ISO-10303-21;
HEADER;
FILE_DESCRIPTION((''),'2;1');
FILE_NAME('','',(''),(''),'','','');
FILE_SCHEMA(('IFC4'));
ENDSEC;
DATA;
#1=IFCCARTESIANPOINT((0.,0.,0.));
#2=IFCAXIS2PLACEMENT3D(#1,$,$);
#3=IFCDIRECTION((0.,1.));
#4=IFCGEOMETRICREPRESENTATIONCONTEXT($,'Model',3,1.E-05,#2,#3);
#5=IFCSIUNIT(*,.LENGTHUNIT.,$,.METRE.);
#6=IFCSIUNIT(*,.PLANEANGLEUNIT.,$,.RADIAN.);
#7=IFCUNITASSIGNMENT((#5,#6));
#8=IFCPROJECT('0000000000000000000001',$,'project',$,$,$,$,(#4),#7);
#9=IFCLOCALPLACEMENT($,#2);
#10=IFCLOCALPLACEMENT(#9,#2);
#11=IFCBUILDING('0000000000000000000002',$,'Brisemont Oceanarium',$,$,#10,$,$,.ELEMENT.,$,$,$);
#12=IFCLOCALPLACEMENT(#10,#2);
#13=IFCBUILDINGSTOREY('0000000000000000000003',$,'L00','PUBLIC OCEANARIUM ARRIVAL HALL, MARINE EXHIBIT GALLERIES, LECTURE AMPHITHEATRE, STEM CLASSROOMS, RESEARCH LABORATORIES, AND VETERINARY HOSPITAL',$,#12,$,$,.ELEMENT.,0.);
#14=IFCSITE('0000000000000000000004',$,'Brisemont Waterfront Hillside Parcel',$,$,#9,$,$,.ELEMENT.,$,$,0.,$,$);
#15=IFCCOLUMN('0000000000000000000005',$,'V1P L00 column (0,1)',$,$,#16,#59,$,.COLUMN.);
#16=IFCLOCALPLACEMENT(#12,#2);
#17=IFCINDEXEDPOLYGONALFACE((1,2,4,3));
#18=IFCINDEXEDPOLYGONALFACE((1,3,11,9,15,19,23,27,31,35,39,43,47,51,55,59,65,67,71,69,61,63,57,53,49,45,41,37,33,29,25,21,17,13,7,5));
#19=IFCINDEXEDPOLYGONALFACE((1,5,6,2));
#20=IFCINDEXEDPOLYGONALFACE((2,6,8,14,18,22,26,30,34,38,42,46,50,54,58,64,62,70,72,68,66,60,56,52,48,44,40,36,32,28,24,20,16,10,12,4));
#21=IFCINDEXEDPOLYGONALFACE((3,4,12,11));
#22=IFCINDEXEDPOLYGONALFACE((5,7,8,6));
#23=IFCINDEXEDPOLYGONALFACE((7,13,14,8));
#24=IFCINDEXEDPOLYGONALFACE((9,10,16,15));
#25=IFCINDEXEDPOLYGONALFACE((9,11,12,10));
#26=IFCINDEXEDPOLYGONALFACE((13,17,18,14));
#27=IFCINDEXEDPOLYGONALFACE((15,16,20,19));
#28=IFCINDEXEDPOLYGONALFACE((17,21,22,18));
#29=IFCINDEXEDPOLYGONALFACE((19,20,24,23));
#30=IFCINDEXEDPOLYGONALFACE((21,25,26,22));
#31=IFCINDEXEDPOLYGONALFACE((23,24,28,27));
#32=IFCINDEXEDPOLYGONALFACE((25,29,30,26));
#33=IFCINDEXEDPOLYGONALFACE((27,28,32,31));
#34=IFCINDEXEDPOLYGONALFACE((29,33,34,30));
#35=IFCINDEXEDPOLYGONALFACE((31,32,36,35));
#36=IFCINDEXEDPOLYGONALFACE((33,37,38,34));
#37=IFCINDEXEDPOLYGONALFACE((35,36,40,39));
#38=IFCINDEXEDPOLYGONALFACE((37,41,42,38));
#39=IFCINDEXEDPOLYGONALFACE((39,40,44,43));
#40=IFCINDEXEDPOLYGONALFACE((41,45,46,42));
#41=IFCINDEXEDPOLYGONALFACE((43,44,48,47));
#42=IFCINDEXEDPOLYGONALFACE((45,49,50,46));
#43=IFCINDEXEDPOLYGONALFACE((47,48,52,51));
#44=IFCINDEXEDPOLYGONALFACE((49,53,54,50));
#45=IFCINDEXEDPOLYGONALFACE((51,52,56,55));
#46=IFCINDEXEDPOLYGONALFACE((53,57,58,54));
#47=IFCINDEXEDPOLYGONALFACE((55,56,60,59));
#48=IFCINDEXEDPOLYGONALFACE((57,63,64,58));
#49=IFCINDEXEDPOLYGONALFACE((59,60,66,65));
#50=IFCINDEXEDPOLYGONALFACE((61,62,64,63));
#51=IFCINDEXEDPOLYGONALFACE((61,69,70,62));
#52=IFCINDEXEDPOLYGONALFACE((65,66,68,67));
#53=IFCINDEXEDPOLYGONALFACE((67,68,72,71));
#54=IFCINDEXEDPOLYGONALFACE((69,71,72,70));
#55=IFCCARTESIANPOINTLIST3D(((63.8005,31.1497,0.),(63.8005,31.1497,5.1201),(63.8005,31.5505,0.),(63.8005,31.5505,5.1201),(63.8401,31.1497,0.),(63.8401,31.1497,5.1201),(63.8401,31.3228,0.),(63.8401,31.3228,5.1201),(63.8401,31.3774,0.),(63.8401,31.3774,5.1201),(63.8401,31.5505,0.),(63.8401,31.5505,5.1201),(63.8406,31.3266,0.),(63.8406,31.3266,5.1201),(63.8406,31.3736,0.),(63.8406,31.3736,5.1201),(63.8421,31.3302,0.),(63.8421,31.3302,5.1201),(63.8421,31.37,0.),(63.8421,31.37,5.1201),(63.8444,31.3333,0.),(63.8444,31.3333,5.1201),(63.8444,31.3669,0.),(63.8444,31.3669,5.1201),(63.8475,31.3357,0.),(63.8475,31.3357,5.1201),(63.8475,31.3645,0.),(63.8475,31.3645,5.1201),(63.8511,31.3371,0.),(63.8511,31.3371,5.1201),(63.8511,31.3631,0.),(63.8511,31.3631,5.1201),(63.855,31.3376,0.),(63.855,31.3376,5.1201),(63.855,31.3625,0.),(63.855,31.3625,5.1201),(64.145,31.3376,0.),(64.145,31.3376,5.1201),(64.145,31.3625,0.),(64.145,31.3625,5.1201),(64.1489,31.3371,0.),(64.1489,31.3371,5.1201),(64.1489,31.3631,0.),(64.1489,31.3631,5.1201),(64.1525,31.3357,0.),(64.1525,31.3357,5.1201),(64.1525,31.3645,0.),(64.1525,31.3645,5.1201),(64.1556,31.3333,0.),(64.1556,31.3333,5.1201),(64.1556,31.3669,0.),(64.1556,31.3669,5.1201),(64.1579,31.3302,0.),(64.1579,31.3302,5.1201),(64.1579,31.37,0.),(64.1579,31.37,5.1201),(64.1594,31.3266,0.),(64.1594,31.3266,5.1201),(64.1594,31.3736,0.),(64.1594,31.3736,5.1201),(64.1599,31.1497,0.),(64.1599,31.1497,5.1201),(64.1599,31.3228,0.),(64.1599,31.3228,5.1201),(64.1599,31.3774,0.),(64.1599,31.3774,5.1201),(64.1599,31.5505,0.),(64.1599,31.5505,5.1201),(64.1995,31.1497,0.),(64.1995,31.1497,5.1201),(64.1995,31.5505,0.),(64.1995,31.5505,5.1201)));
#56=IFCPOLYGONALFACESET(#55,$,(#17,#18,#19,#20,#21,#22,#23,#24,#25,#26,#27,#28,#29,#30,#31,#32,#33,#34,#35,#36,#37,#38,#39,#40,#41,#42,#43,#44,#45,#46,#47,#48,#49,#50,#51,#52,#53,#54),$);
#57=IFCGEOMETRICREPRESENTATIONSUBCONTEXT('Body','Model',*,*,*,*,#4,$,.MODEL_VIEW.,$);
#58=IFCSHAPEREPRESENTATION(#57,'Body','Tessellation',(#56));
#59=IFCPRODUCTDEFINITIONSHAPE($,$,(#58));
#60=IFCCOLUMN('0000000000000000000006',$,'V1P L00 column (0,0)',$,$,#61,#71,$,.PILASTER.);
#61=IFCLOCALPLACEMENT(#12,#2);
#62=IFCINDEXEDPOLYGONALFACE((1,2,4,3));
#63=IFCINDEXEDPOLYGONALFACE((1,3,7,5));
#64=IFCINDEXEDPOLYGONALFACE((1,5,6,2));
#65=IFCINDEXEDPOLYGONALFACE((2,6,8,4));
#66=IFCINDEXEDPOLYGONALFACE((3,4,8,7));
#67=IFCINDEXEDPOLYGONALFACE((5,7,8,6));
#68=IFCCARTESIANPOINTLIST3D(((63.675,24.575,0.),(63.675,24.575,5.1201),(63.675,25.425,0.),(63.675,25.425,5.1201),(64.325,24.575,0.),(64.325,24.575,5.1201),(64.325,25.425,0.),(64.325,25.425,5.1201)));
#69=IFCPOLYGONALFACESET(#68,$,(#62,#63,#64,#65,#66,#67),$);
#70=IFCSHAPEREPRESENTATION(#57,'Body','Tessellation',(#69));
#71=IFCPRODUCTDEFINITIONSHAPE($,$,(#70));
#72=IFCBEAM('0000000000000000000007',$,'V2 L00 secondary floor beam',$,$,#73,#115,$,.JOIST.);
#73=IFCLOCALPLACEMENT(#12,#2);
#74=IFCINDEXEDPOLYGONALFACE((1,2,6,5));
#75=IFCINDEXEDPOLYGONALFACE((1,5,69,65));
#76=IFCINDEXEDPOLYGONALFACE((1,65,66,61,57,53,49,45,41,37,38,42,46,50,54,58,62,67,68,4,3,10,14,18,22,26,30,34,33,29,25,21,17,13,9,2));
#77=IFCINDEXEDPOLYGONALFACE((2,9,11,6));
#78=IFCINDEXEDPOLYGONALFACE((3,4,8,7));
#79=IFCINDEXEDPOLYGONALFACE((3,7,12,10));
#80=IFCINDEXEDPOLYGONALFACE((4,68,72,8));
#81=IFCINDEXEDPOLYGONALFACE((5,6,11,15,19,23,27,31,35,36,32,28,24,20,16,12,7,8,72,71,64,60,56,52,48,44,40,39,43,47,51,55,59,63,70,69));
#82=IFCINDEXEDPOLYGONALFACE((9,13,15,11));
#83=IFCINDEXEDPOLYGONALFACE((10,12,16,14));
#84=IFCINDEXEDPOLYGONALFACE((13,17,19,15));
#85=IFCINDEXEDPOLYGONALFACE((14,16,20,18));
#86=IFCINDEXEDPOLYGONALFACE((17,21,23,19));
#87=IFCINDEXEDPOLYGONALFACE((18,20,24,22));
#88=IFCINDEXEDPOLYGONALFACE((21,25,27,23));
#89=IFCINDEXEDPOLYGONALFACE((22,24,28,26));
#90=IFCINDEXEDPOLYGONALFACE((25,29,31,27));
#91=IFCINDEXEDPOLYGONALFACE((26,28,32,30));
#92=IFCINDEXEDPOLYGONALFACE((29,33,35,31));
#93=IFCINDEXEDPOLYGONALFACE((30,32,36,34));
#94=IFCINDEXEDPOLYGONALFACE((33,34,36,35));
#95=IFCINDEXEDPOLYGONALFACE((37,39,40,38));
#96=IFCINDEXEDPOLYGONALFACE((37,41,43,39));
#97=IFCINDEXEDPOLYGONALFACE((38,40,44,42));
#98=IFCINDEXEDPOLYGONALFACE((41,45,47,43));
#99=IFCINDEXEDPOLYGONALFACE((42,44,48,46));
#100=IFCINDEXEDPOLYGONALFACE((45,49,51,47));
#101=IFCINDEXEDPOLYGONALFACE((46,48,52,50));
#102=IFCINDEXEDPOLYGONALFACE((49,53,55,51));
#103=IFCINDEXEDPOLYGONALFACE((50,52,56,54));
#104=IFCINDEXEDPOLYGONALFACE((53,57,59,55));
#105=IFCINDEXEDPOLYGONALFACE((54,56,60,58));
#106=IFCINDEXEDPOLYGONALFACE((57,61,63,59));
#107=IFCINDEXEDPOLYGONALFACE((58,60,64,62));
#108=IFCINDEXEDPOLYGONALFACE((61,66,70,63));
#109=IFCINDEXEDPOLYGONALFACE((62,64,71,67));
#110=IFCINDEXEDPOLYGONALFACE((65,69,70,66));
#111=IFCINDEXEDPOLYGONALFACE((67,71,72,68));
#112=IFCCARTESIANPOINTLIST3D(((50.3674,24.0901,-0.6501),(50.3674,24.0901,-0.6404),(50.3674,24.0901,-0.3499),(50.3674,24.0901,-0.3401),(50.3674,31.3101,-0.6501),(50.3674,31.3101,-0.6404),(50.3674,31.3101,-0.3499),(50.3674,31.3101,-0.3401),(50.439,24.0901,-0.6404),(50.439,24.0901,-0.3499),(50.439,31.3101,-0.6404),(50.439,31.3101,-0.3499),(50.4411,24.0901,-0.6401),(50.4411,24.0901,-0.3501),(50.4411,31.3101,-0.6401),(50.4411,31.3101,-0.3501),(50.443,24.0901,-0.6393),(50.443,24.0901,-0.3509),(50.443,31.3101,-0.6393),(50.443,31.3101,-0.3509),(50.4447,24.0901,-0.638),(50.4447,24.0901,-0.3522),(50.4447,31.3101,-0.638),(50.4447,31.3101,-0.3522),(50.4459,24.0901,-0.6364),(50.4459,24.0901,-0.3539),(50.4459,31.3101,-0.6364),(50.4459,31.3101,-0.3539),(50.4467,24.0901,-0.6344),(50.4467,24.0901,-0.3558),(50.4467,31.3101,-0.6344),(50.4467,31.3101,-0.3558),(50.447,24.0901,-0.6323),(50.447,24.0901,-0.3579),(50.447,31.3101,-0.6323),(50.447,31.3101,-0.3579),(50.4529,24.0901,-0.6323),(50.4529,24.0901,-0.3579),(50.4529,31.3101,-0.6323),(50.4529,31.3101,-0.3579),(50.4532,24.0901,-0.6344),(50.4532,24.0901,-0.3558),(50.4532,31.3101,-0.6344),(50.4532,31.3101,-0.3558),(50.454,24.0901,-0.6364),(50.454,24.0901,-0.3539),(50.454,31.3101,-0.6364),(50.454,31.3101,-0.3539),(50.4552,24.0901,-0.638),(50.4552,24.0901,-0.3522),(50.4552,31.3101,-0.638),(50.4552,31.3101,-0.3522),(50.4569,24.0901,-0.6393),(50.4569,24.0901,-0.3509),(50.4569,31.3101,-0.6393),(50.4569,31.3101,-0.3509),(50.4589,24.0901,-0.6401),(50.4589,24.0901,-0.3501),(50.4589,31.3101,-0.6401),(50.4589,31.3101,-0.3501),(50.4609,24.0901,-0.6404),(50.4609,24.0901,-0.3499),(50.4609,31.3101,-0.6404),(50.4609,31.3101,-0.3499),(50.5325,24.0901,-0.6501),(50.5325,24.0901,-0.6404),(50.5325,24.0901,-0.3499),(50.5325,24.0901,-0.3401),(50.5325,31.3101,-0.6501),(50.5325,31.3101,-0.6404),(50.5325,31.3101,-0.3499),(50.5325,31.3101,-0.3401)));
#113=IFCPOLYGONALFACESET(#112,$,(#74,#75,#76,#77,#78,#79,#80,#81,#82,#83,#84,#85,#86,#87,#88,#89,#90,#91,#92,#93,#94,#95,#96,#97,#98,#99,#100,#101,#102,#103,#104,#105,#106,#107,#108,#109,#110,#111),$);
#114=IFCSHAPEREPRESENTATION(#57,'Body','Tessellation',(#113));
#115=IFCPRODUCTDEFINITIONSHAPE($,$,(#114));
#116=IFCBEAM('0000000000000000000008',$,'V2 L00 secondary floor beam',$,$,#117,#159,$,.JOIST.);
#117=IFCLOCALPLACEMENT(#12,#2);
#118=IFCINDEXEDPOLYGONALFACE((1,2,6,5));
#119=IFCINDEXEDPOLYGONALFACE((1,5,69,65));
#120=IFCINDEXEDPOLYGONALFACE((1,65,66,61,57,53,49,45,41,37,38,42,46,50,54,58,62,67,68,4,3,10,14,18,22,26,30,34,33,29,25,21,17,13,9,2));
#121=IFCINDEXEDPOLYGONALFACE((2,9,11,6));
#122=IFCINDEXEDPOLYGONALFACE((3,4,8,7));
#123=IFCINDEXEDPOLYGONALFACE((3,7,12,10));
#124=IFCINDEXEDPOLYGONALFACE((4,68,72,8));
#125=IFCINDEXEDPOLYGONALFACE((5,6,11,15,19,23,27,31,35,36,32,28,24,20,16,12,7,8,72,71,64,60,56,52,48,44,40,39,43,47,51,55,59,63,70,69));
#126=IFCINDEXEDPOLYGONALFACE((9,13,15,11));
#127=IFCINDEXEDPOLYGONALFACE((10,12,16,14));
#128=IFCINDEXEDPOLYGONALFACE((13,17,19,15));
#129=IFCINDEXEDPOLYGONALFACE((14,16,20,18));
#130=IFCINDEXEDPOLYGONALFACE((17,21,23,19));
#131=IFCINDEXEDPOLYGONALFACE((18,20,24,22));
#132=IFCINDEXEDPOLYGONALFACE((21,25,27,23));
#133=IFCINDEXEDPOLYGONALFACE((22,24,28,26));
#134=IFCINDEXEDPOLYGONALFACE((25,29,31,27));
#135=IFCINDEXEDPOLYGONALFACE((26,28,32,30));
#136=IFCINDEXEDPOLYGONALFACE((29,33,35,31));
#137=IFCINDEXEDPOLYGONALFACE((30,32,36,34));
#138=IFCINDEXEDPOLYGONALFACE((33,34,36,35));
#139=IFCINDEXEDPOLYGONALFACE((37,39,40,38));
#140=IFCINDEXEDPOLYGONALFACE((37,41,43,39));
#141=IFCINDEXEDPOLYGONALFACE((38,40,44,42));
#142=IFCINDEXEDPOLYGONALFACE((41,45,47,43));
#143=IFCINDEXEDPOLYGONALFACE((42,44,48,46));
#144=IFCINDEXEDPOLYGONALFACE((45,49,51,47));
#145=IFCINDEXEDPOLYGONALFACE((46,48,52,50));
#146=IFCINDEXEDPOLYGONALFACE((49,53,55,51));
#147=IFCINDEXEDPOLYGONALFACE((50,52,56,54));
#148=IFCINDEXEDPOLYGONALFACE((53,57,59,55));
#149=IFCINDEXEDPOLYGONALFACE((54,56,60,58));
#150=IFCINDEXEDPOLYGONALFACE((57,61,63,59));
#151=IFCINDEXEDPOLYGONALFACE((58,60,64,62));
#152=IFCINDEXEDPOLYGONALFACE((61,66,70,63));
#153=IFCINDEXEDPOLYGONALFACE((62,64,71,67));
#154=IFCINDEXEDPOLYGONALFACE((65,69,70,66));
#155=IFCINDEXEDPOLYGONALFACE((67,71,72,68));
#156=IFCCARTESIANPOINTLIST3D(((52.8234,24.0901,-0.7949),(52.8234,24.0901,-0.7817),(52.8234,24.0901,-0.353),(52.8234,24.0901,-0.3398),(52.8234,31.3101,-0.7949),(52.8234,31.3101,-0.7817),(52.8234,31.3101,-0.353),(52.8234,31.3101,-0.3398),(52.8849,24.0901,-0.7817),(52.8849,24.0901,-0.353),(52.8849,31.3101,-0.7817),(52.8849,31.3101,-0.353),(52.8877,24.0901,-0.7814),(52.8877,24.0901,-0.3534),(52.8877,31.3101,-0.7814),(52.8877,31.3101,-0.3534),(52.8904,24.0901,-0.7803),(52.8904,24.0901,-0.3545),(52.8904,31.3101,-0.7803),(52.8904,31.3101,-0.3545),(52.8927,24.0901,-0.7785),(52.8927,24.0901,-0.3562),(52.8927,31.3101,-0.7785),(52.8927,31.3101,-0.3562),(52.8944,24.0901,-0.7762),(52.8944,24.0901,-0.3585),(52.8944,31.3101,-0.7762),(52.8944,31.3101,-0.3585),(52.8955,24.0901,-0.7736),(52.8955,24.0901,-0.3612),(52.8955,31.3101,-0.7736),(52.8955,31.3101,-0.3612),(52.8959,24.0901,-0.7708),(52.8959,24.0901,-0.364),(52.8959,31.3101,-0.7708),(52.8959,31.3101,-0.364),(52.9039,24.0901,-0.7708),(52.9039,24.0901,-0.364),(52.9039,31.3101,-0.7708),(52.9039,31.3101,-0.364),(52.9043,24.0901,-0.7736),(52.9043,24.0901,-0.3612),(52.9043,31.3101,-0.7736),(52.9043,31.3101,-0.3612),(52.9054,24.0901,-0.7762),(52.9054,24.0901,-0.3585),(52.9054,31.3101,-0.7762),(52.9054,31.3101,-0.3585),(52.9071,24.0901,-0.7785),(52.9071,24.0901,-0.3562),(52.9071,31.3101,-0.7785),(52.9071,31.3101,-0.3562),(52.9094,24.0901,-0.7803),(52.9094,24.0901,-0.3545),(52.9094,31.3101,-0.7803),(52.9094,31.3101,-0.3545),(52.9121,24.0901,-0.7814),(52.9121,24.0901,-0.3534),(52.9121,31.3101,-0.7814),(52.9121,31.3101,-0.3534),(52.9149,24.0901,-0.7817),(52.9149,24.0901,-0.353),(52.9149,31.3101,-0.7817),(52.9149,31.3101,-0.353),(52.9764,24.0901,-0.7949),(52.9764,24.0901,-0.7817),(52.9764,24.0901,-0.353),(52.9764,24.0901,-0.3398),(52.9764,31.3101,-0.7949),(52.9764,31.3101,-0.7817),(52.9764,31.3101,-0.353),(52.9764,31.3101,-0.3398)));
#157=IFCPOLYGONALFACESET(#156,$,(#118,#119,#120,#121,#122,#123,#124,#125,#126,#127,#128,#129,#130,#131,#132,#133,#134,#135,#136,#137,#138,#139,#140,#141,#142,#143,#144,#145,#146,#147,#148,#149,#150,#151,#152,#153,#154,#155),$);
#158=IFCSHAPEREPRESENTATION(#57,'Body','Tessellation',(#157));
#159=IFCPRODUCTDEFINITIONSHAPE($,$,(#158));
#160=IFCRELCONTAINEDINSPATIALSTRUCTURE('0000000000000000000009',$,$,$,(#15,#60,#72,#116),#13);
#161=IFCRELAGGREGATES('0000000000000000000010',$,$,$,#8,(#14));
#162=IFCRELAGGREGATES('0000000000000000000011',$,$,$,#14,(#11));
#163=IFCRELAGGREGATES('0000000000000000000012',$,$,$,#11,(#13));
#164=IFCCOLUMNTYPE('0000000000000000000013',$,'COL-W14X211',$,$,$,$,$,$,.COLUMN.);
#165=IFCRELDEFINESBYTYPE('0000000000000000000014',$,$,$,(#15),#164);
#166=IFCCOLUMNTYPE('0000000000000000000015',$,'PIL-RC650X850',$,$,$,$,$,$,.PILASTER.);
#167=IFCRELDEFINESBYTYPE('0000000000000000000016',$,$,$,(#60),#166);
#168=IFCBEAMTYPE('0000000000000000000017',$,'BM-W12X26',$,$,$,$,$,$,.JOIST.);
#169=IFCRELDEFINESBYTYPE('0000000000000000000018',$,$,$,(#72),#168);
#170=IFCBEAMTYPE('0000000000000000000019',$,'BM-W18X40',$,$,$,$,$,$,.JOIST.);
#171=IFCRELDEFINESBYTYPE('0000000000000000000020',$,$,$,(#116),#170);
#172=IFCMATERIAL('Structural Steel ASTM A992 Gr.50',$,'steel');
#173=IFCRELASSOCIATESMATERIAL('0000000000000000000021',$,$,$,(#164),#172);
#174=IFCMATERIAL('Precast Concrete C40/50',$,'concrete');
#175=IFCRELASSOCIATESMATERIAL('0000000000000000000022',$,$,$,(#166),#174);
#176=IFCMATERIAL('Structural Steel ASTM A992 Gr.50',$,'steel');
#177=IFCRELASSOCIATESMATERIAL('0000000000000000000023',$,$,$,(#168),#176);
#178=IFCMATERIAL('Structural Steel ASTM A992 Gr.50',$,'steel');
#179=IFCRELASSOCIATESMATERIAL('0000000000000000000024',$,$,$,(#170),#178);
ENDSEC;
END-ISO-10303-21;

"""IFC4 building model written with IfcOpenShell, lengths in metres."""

from ifc_helpers import new_model, si_unit, direction, frame, origin, origin_2d, place, context, subcontext, project, spatial, rectangle, i_section, extrude, material, material_profile, profile_set, type_object, element, save


model = new_model("IFC4")

# Units and contexts
model_context = context("Model", 3, precision=1e-05, world=origin(), true_north=direction((0.0, 1.0)))
body_context = subcontext(model_context, "Body", "Model", "MODEL_VIEW")
ifc_project = project(units=[si_unit("LENGTHUNIT", "METRE"), si_unit("PLANEANGLEUNIT", "RADIAN")], contexts=[model_context])

# Site, building, storey
site_placement = place(None, origin())
site = spatial("IfcSite", under=ifc_project, at=site_placement, Name="Brisemont Waterfront Hillside Parcel", CompositionType="ELEMENT", RefElevation=0.0)
building_placement = place(site_placement, origin())
building = spatial("IfcBuilding", under=site, at=building_placement, Name="Brisemont Oceanarium", CompositionType="ELEMENT")
storey_placement = place(building_placement, origin())
storey = spatial("IfcBuildingStorey", under=building, at=storey_placement, Name="L00", Description="PUBLIC OCEANARIUM ARRIVAL HALL, MARINE EXHIBIT GALLERIES, LECTURE AMPHITHEATRE, STEM CLASSROOMS, RESEARCH LABORATORIES, AND VETERINARY HOSPITAL", CompositionType="ELEMENT", Elevation=0.0)

# Columns
ifc_material_1 = material(Name="Structural Steel ASTM A992 Gr.50", Category="steel")
ifc_material_profile_1 = material_profile(ifc_material_1, i_section(OverallWidth=0.4009, OverallDepth=0.3989, WebThickness=0.0249, FlangeThickness=0.0396, FilletRadius=0.0149, at=origin_2d()), Name="W14X211")
ifc_profile_set_1 = profile_set([ifc_material_profile_1], Name="Structural Steel ASTM A992 Gr.50")
column_type_1 = type_object("IfcColumnType", Name="COL-W14X211", PredefinedType="COLUMN", material=ifc_profile_set_1)
column_1_placement = place(storey_placement, frame((64.0, 31.3501, 0.0), z_axis=(0.0, 0.0, 1.0), x_axis=(0.0, 1.0, 0.0)))
element("IfcColumn", 1, at=column_1_placement, inside=storey, type_object=column_type_1, Name="V1P L00 column (0,1)", PredefinedType="COLUMN", context=body_context, shape_type="SweptSolid", body=[
    extrude(i_section(OverallWidth=0.4009, OverallDepth=0.3989, WebThickness=0.0249, FlangeThickness=0.0396, FilletRadius=0.0149, at=origin_2d()), origin(), (0.0, 0.0, 1.0), 5.1201),
])
ifc_material_2 = material(Name="Precast Concrete C40/50", Category="concrete")
ifc_material_profile_2 = material_profile(ifc_material_2, rectangle(XDim=0.6499, YDim=0.8501, at=origin_2d()), Name="RC-PIL-650X850")
ifc_profile_set_2 = profile_set([ifc_material_profile_2], Name="Precast Concrete C40/50")
column_type_2 = type_object("IfcColumnType", Name="PIL-RC650X850", PredefinedType="PILASTER", material=ifc_profile_set_2)
column_2_placement = place(storey_placement, frame((64.0, 25.0, 0.0), z_axis=(0.0, 0.0, 1.0), x_axis=(1.0, 0.0, 0.0)))
element("IfcColumn", 2, at=column_2_placement, inside=storey, type_object=column_type_2, Name="V1P L00 column (0,0)", PredefinedType="PILASTER", context=body_context, shape_type="SweptSolid", body=[
    extrude(rectangle(XDim=0.6499, YDim=0.8501, at=origin_2d()), origin(), (0.0, 0.0, 1.0), 5.1201),
])

# Beams
ifc_material_3 = material(Name="Structural Steel ASTM A992 Gr.50", Category="steel")
ifc_material_profile_3 = material_profile(ifc_material_3, i_section(OverallWidth=0.165, OverallDepth=0.3101, WebThickness=0.0059, FlangeThickness=0.0098, FilletRadius=0.0081, at=origin_2d()), Name="W12X26")
ifc_profile_set_3 = profile_set([ifc_material_profile_3], Name="Structural Steel ASTM A992 Gr.50")
beam_type_1 = type_object("IfcBeamType", Name="BM-W12X26", PredefinedType="JOIST", material=ifc_profile_set_3)
beam_1_placement = place(storey_placement, frame((50.45, 24.0901, -0.4951), z_axis=(0.0, 1.0, 0.0), x_axis=(-1.0, 0.0, 0.0)))
element("IfcBeam", 3, at=beam_1_placement, inside=storey, type_object=beam_type_1, Name="V2 L00 secondary floor beam", PredefinedType="JOIST", context=body_context, shape_type="SweptSolid", body=[
    extrude(i_section(OverallWidth=0.165, OverallDepth=0.3101, WebThickness=0.0059, FlangeThickness=0.0098, FilletRadius=0.0081, at=origin_2d()), origin(), (0.0, 0.0, 1.0), 7.22),
])
ifc_material_4 = material(Name="Structural Steel ASTM A992 Gr.50", Category="steel")
ifc_material_profile_4 = material_profile(ifc_material_4, i_section(OverallWidth=0.1531, OverallDepth=0.4551, WebThickness=0.0081, FlangeThickness=0.0132, FilletRadius=0.011, at=origin_2d()), Name="W18X40")
ifc_profile_set_4 = profile_set([ifc_material_profile_4], Name="Structural Steel ASTM A992 Gr.50")
beam_type_2 = type_object("IfcBeamType", Name="BM-W18X40", PredefinedType="JOIST", material=ifc_profile_set_4)
beam_2_placement = place(storey_placement, frame((52.8999, 24.0901, -0.5674), z_axis=(0.0, 1.0, 0.0), x_axis=(-1.0, 0.0, 0.0)))
element("IfcBeam", 4, at=beam_2_placement, inside=storey, type_object=beam_type_2, Name="V2 L00 secondary floor beam", PredefinedType="JOIST", context=body_context, shape_type="SweptSolid", body=[
    extrude(i_section(OverallWidth=0.1531, OverallDepth=0.4551, WebThickness=0.0081, FlangeThickness=0.0132, FilletRadius=0.011, at=origin_2d()), origin(), (0.0, 0.0, 1.0), 7.22),
])

save(model, "model.ifc")
